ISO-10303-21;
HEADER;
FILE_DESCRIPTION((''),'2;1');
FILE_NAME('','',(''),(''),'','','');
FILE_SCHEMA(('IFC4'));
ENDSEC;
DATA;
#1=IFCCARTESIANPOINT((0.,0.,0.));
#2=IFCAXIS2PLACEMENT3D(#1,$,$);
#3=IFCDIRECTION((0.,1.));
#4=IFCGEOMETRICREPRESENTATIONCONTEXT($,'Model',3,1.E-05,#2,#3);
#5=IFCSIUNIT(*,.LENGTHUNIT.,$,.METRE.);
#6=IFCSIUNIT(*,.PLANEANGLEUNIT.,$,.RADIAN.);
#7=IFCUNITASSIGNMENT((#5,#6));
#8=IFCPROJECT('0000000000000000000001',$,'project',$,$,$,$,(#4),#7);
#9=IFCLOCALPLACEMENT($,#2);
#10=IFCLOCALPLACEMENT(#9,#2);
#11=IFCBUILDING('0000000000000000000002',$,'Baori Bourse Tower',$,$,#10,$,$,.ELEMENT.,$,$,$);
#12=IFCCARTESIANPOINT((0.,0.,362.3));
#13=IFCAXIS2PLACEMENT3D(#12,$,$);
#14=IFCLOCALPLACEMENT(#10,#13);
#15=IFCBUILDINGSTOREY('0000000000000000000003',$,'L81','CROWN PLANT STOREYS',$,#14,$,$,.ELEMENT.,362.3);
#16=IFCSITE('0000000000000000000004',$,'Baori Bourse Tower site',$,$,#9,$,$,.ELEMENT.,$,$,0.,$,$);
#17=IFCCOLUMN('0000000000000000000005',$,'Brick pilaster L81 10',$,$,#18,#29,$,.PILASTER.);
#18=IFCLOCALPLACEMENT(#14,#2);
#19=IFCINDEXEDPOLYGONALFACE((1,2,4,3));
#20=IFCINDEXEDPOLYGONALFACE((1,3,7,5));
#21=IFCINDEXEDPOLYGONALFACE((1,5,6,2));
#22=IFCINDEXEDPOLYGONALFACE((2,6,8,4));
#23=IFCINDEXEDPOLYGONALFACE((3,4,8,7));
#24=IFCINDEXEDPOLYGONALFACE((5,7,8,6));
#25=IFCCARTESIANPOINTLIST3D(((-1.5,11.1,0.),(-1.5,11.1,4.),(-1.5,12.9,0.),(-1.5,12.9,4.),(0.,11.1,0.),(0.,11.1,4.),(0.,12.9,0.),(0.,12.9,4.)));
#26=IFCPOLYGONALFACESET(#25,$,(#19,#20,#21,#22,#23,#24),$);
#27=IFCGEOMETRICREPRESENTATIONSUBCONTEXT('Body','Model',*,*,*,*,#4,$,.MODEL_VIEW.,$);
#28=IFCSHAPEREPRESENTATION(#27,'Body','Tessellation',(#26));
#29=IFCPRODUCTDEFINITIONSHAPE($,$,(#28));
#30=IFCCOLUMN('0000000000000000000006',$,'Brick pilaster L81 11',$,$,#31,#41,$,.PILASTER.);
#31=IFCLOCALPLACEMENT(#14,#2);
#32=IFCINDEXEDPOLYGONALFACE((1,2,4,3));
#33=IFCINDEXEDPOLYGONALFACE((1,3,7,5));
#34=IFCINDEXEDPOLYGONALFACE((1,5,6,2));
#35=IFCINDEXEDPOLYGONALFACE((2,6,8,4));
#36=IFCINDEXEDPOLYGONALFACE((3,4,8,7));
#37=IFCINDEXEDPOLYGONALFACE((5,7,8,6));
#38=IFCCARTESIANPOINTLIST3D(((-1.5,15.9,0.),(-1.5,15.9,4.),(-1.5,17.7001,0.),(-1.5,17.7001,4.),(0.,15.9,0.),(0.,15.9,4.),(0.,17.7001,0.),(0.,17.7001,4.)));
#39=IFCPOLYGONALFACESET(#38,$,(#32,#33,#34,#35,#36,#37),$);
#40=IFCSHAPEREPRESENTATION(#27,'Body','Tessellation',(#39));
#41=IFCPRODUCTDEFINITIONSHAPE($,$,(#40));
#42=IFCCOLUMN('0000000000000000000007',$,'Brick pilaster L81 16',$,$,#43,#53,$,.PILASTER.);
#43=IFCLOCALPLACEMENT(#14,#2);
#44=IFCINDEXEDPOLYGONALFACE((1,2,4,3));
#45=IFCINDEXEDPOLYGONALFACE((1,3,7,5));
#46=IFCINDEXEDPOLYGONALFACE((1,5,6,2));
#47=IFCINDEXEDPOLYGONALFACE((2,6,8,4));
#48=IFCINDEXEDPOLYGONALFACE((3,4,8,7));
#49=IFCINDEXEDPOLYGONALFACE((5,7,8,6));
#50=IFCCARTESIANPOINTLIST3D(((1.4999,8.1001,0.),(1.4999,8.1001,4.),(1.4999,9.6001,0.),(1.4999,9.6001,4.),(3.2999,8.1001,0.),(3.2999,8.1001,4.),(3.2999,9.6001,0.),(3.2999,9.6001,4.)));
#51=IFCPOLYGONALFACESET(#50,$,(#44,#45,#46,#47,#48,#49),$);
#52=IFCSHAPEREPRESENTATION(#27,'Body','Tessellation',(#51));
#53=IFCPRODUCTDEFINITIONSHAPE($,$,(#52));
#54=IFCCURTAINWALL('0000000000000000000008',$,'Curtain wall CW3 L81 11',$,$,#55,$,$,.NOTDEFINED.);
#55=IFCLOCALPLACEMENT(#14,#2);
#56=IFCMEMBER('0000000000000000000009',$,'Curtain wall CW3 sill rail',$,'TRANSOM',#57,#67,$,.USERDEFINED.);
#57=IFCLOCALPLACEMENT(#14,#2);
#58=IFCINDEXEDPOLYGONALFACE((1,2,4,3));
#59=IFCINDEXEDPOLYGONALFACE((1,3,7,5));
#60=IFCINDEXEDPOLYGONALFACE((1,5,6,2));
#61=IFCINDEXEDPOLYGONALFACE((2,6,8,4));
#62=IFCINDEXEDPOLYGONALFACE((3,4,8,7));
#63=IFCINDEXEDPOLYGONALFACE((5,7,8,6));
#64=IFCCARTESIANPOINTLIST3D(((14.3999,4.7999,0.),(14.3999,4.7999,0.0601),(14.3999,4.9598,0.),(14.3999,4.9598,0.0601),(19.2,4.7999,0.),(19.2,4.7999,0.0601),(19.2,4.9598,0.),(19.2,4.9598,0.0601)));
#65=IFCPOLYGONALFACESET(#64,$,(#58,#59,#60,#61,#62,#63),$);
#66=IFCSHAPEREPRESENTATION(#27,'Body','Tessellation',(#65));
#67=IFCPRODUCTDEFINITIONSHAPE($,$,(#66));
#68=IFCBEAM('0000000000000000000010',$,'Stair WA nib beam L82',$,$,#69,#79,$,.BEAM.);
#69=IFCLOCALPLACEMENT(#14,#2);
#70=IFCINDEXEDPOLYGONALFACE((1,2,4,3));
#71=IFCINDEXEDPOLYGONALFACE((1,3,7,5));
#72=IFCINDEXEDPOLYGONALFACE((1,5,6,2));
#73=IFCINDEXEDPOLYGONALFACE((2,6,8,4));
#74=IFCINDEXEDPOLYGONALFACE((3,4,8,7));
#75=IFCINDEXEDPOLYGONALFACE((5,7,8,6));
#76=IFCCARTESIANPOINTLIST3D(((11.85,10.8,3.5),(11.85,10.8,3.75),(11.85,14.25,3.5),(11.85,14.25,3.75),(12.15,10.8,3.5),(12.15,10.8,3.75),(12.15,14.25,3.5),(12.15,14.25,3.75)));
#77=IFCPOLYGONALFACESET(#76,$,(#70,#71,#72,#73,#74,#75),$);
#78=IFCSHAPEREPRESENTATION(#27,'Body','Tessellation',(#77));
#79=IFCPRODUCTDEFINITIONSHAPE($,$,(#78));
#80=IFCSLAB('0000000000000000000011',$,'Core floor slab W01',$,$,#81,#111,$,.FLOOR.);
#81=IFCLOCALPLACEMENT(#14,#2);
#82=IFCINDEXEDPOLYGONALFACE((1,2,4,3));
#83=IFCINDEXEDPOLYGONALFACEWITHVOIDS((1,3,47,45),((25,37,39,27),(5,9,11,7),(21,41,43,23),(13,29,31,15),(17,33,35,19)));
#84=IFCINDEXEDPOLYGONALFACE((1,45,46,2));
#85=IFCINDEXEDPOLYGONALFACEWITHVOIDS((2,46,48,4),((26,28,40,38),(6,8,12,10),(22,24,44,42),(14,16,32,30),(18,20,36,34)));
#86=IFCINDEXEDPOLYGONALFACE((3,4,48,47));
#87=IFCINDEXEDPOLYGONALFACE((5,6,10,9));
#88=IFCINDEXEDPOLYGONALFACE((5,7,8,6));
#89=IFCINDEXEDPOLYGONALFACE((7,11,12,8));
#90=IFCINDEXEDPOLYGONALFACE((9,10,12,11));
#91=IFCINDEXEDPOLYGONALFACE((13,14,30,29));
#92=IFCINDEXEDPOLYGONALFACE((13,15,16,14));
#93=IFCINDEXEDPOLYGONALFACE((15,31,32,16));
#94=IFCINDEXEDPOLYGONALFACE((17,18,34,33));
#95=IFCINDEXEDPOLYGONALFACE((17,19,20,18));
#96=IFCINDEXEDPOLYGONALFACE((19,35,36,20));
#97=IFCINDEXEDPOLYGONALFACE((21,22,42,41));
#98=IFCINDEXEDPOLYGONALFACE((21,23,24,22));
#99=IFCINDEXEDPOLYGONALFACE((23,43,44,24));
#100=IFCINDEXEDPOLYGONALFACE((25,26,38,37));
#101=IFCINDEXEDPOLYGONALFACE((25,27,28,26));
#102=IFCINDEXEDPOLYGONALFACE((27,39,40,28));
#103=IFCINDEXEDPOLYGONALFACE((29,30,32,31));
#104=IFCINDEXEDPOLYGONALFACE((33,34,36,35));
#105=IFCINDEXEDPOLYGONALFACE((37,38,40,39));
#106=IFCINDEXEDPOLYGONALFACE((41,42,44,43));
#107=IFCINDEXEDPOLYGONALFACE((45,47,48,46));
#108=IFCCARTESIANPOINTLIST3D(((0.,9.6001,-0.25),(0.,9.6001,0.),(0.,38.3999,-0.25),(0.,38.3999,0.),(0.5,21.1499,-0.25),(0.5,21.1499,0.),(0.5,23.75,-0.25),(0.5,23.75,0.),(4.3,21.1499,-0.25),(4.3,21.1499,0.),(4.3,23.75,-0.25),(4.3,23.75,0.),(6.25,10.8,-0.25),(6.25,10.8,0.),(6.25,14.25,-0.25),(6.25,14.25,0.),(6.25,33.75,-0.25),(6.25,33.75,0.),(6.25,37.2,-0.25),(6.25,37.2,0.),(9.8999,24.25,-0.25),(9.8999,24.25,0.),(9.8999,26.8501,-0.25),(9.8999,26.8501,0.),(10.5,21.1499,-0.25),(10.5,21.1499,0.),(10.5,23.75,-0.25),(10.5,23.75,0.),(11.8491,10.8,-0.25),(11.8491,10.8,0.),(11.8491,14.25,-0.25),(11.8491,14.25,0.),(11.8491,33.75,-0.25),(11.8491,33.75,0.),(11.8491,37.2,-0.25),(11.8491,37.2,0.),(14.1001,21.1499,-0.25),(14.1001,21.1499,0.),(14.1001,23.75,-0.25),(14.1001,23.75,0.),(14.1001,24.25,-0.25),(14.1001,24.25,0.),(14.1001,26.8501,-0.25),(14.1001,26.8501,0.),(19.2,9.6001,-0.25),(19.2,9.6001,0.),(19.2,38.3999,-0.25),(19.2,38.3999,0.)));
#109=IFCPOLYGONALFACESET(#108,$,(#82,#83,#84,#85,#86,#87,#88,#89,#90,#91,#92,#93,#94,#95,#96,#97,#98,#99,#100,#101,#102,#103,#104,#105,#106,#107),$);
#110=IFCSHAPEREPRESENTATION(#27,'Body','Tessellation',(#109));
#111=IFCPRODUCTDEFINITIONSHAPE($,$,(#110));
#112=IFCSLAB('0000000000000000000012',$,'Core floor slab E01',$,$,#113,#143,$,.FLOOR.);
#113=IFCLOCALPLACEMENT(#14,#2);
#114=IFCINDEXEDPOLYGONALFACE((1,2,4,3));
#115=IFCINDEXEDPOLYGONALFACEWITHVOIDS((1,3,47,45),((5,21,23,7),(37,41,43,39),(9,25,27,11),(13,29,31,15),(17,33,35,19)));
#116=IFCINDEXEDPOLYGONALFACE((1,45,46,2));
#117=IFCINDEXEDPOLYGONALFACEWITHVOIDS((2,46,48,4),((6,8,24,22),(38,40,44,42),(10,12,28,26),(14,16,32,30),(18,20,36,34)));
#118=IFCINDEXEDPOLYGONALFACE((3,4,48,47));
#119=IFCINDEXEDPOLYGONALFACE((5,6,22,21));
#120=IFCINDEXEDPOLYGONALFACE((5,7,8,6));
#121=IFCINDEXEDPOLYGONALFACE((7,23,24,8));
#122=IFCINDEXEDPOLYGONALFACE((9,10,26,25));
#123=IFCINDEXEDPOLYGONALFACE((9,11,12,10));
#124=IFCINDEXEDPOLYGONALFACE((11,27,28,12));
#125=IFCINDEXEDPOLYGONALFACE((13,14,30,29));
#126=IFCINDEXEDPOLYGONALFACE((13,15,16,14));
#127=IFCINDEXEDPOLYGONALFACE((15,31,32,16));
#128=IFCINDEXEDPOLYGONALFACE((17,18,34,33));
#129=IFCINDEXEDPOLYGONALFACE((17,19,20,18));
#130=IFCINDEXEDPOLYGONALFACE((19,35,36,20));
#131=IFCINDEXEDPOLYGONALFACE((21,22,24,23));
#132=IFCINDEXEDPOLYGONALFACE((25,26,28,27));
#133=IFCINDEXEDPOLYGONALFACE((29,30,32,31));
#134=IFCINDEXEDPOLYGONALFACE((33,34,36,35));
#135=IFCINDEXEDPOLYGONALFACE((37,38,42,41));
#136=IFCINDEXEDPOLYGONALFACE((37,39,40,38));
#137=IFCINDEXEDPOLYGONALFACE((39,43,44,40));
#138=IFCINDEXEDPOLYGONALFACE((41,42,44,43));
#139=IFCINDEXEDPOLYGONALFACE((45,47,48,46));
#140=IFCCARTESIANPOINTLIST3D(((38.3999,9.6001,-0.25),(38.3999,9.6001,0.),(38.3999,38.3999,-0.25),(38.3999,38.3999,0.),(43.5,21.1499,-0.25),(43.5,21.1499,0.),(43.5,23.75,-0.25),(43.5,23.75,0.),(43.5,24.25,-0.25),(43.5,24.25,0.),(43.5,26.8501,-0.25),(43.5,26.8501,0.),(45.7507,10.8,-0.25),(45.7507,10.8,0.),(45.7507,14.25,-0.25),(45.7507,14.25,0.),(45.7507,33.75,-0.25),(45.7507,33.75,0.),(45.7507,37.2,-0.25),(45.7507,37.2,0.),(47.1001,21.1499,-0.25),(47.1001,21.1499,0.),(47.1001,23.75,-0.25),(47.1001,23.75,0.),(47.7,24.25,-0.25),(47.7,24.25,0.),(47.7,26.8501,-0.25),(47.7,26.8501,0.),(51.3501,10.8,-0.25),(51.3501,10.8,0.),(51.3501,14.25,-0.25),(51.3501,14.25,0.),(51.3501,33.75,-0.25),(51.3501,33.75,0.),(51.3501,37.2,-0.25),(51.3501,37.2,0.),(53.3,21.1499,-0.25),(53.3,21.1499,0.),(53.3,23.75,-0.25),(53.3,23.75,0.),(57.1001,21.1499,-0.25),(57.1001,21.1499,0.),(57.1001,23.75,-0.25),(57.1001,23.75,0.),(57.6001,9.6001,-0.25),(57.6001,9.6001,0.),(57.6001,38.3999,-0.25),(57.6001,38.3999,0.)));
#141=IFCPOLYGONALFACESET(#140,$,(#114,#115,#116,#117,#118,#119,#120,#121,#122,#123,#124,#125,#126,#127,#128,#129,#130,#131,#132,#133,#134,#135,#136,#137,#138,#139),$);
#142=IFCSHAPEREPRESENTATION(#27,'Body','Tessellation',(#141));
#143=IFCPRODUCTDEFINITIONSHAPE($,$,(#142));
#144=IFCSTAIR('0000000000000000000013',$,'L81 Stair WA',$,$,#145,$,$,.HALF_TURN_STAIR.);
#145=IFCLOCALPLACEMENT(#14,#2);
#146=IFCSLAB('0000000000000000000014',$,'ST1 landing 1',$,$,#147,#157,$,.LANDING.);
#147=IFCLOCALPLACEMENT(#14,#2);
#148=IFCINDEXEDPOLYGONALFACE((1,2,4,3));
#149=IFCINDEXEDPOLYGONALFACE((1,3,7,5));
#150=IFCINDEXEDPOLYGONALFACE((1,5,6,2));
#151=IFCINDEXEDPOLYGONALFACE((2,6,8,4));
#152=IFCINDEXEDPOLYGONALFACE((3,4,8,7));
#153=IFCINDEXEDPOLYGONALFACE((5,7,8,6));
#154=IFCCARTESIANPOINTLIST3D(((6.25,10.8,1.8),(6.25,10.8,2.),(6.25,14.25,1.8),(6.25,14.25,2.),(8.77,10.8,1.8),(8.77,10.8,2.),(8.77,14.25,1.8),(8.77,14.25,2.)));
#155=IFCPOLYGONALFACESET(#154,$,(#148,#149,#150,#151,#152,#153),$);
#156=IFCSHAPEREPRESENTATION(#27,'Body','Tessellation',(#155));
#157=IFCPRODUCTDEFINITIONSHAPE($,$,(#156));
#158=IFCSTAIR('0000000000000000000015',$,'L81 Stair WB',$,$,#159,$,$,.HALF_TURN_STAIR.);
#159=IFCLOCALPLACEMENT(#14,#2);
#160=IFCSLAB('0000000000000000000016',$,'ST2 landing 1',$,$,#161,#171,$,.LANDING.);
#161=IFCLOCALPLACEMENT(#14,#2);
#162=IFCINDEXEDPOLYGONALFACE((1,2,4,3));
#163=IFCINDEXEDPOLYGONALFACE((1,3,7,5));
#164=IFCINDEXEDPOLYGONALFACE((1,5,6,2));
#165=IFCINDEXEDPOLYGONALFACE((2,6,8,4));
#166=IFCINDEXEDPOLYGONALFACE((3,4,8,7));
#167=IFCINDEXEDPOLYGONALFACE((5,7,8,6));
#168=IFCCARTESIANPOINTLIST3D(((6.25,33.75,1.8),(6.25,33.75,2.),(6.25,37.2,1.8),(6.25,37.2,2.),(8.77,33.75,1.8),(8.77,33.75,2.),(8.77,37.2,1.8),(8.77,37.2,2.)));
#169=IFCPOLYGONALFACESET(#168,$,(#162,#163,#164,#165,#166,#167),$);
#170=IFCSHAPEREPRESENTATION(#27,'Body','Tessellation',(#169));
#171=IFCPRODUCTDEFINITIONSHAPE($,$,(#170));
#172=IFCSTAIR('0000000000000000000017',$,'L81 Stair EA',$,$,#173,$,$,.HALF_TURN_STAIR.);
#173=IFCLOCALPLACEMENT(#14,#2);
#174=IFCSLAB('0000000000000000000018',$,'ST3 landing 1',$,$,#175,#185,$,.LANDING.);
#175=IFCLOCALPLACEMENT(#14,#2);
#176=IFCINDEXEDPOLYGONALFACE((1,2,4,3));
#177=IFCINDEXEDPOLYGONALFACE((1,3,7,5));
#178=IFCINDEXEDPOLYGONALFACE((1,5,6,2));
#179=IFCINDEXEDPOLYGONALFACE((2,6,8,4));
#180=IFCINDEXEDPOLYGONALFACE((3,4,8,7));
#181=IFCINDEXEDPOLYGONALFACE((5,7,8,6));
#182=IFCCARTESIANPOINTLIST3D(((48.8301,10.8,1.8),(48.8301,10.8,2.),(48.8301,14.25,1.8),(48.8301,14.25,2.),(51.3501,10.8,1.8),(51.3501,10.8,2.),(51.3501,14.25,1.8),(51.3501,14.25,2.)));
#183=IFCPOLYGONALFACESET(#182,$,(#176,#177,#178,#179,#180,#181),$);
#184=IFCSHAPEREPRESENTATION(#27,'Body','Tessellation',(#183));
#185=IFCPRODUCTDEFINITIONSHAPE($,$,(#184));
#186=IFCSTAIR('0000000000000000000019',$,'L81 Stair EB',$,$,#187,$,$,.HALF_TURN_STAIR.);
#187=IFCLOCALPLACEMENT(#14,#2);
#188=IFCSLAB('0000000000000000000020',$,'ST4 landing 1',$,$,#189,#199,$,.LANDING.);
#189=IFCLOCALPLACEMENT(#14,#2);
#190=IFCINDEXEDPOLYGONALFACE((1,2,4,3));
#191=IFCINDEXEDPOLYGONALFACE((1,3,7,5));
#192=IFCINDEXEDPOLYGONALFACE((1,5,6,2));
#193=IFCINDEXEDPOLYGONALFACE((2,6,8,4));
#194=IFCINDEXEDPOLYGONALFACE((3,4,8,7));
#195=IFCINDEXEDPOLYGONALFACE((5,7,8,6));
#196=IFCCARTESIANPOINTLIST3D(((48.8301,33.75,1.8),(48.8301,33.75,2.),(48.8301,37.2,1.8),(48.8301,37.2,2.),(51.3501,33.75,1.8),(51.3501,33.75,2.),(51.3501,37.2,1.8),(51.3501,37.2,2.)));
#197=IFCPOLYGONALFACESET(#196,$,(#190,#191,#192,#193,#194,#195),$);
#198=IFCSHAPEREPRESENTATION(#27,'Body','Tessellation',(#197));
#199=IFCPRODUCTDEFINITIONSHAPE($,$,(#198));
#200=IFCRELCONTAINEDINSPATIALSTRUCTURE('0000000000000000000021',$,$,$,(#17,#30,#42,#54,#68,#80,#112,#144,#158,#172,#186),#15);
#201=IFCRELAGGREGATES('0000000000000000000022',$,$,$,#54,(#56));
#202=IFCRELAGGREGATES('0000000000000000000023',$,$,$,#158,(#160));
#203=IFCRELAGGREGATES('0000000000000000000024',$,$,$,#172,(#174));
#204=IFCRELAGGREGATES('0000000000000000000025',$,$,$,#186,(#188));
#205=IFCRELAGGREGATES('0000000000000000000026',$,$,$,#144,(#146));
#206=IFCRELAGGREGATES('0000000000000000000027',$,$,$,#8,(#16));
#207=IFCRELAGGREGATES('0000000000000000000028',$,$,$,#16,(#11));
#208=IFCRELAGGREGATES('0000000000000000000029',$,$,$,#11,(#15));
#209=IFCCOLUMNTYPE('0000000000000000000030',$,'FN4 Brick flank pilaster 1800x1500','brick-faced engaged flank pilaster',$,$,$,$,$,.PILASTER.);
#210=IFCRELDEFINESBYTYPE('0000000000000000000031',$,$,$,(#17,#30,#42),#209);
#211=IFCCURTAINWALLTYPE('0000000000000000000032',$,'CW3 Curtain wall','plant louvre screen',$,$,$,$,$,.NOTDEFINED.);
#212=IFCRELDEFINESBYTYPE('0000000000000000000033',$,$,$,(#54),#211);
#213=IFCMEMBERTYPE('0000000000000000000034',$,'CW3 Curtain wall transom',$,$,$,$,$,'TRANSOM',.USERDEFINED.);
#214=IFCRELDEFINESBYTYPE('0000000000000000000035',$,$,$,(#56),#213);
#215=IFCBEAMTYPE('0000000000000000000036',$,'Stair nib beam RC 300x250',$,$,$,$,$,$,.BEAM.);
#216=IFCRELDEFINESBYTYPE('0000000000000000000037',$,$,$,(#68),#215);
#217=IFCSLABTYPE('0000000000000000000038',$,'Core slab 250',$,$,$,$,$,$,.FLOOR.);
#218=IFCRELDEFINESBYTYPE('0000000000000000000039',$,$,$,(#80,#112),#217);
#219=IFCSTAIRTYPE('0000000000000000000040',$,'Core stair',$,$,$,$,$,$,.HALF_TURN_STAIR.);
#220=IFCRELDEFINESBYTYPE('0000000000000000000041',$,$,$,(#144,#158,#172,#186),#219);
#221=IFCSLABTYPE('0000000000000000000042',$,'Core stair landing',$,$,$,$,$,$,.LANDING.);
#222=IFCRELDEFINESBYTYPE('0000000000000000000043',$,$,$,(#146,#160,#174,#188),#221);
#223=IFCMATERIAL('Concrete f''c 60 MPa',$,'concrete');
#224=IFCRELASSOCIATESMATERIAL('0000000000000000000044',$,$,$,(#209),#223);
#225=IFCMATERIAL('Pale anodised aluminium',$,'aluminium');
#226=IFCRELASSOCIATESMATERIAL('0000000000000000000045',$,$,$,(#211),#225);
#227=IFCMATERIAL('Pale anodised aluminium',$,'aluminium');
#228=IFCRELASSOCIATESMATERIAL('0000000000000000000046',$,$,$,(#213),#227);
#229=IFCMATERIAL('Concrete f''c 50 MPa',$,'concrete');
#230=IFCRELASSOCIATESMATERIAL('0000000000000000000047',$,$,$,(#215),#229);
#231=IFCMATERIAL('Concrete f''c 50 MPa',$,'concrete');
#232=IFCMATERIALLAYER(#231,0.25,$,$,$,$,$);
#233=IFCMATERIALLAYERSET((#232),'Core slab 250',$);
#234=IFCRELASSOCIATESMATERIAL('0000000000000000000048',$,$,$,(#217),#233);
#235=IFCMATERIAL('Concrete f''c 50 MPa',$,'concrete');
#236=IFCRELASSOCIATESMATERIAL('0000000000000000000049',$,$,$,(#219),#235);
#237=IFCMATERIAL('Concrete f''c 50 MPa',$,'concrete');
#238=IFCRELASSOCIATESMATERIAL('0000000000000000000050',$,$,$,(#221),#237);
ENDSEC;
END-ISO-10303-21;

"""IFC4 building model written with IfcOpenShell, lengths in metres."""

from ifc_helpers import new_model, si_unit, direction, frame, origin, origin_2d, place, context, subcontext, project, spatial, polyline, rectangle, outline, extrude, material, layer, layer_set, material_profile, profile_set, type_object, element, aggregate, save


model = new_model("IFC4")

# Units and contexts
model_context = context("Model", 3, precision=1e-05, world=origin(), true_north=direction((0.0, 1.0)))
body_context = subcontext(model_context, "Body", "Model", "MODEL_VIEW")
ifc_project = project(units=[si_unit("LENGTHUNIT", "METRE"), si_unit("PLANEANGLEUNIT", "RADIAN")], contexts=[model_context])

# Site, building, storey
site_placement = place(None, origin())
site = spatial("IfcSite", under=ifc_project, at=site_placement, Name="Baori Bourse Tower site", CompositionType="ELEMENT", RefElevation=0.0)
building_placement = place(site_placement, origin())
building = spatial("IfcBuilding", under=site, at=building_placement, Name="Baori Bourse Tower", CompositionType="ELEMENT")
storey_placement = place(building_placement, frame((0.0, 0.0, 362.3)))
storey = spatial("IfcBuildingStorey", under=building, at=storey_placement, Name="L81", Description="CROWN PLANT STOREYS", CompositionType="ELEMENT", Elevation=362.3)

# Columns
ifc_material_1 = material(Name="Concrete f'c 60 MPa", Category="concrete")
ifc_material_profile_1 = material_profile(ifc_material_1, rectangle(XDim=1.8, YDim=1.5, at=origin_2d()), Name="RC 1800x1500")
ifc_profile_set_1 = profile_set([ifc_material_profile_1], Name="Concrete f'c 60 MPa")
column_type = type_object("IfcColumnType", Name="FN4 Brick flank pilaster 1800x1500", Description="brick-faced engaged flank pilaster", PredefinedType="PILASTER", material=ifc_profile_set_1)
for number, where, z_axis, x_axis, name in (
    (1, (-0.75, 12.0, 0.0), (0.0, 0.0, 1.0), (0.0, 1.0, 0.0), "Brick pilaster L81 10"),
    (2, (-0.75, 16.8, 0.0), (0.0, 0.0, 1.0), (0.0, 1.0, 0.0), "Brick pilaster L81 11"),
    (3, (2.3999, 8.8501, 0.0), (0.0, 0.0, 1.0), (1.0, 0.0, 0.0), "Brick pilaster L81 16"),
):
    element("IfcColumn", number, at=place(storey_placement, frame(where, z_axis=z_axis, x_axis=x_axis)), inside=storey, type_object=column_type, Name=name, PredefinedType="PILASTER", context=body_context, shape_type="SweptSolid", body=[
        extrude(rectangle(XDim=1.8, YDim=1.5, at=origin_2d()), origin(), (0.0, 0.0, 1.0), 4.0),
    ])

# Curtain wall, member
ifc_material_2 = material(Name="Pale anodised aluminium", Category="aluminium")
curtain_wall_type = type_object("IfcCurtainWallType", Name="CW3 Curtain wall", Description="plant louvre screen", PredefinedType="NOTDEFINED", material=ifc_material_2)
curtain_wall_placement = place(storey_placement, origin())
curtain_wall = element("IfcCurtainWall", 4, at=curtain_wall_placement, inside=storey, type_object=curtain_wall_type, Name="Curtain wall CW3 L81 11", PredefinedType="NOTDEFINED")
ifc_material_3 = material(Name="Pale anodised aluminium", Category="aluminium")
ifc_material_profile_2 = material_profile(ifc_material_3, rectangle(XDim=0.1599, YDim=0.0601, at=origin_2d()), Name="Transom 60x160")
ifc_profile_set_2 = profile_set([ifc_material_profile_2], Name="Pale anodised aluminium")
member_type = type_object("IfcMemberType", Name="CW3 Curtain wall transom", ElementType="TRANSOM", PredefinedType="USERDEFINED", material=ifc_profile_set_2)
member_placement = place(storey_placement, frame((14.3999, 4.8799, 0.03), z_axis=(1.0, 0.0, 0.0), x_axis=(0.0, 1.0, 0.0)))
member = element("IfcMember", 5, at=member_placement, type_object=member_type, Name="Curtain wall CW3 sill rail", ObjectType="TRANSOM", PredefinedType="USERDEFINED", context=body_context, shape_type="SweptSolid", body=[
    extrude(rectangle(XDim=0.1599, YDim=0.0601, at=origin_2d()), origin(), (0.0, 0.0, 1.0), 4.8),
])
aggregate(curtain_wall, [member])

# Beam
ifc_material_4 = material(Name="Concrete f'c 50 MPa", Category="concrete")
ifc_material_profile_3 = material_profile(ifc_material_4, rectangle(XDim=0.3, YDim=0.25, at=origin_2d()), Name="RC 300x250")
ifc_profile_set_3 = profile_set([ifc_material_profile_3], Name="Concrete f'c 50 MPa")
beam_type = type_object("IfcBeamType", Name="Stair nib beam RC 300x250", PredefinedType="BEAM", material=ifc_profile_set_3)
beam_placement = place(storey_placement, frame((12.0, 10.8, 3.625), z_axis=(0.0, 1.0, 0.0), x_axis=(-1.0, 0.0, 0.0)))
element("IfcBeam", 6, at=beam_placement, inside=storey, type_object=beam_type, Name="Stair WA nib beam L82", PredefinedType="BEAM", context=body_context, shape_type="SweptSolid", body=[
    extrude(rectangle(XDim=0.3, YDim=0.25, at=origin_2d()), origin(), (0.0, 0.0, 1.0), 3.45),
])

# Slabs
ifc_material_5 = material(Name="Concrete f'c 50 MPa", Category="concrete")
ifc_layer_1 = layer(ifc_material_5, 0.25)
ifc_layer_set_1 = layer_set([ifc_layer_1], Name="Core slab 250")
slab_type_1 = type_object("IfcSlabType", Name="Core slab 250", PredefinedType="FLOOR", material=ifc_layer_set_1)
slab_1_placement = place(storey_placement, frame((0.0, 0.0, -0.25)))
element("IfcSlab", 7, at=slab_1_placement, inside=storey, type_object=slab_type_1, Name="Core floor slab W01", PredefinedType="FLOOR", context=body_context, shape_type="SweptSolid", body=[
    extrude(outline(polyline([(0.0, 9.6001), (19.2, 9.6001), (19.2, 38.3999), (0.0, 38.3999), (0.0, 9.6001)]), holes=[polyline([(10.5, 21.1499), (10.5, 23.75), (14.1001, 23.75), (14.1001, 21.1499), (10.5, 21.1499)]), polyline([(14.1001, 24.25), (9.8999, 24.25), (9.8999, 26.8501), (14.1001, 26.8501), (14.1001, 24.25)]), polyline([(6.25, 14.25), (11.8491, 14.25), (11.8491, 10.8), (6.25, 10.8), (6.25, 14.25)]), polyline([(11.8491, 37.2), (11.8491, 33.75), (6.25, 33.75), (6.25, 37.2), (11.8491, 37.2)]), polyline([(4.3, 23.75), (4.3, 21.1499), (0.5, 21.1499), (0.5, 23.75), (4.3, 23.75)])]), origin(), (0.0, 0.0, 1.0), 0.25),
])
slab_2_placement = place(storey_placement, frame((0.0, 0.0, -0.25)))
element("IfcSlab", 8, at=slab_2_placement, inside=storey, type_object=slab_type_1, Name="Core floor slab E01", PredefinedType="FLOOR", context=body_context, shape_type="SweptSolid", body=[
    extrude(outline(polyline([(38.3999, 38.3999), (38.3999, 9.6001), (57.6001, 9.6001), (57.6001, 38.3999), (38.3999, 38.3999)]), holes=[polyline([(57.1001, 21.1499), (53.3, 21.1499), (53.3, 23.75), (57.1001, 23.75), (57.1001, 21.1499)]), polyline([(45.7507, 14.25), (51.3501, 14.25), (51.3501, 10.8), (45.7507, 10.8), (45.7507, 14.25)]), polyline([(51.3501, 37.2), (51.3501, 33.75), (45.7507, 33.75), (45.7507, 37.2), (51.3501, 37.2)]), polyline([(43.5, 24.25), (43.5, 26.8501), (47.7, 26.8501), (47.7, 24.25), (43.5, 24.25)]), polyline([(43.5, 23.75), (47.1001, 23.75), (47.1001, 21.1499), (43.5, 21.1499), (43.5, 23.75)])]), origin(), (0.0, 0.0, 1.0), 0.25),
])

# Stairs, slabs
ifc_material_6 = material(Name="Concrete f'c 50 MPa", Category="concrete")
stair_type = type_object("IfcStairType", Name="Core stair", PredefinedType="HALF_TURN_STAIR", material=ifc_material_6)
stair_1_placement = place(storey_placement, origin())
stair_1 = element("IfcStair", 9, at=stair_1_placement, inside=storey, type_object=stair_type, Name="L81 Stair WA", PredefinedType="HALF_TURN_STAIR")
ifc_material_7 = material(Name="Concrete f'c 50 MPa", Category="concrete")
slab_type_2 = type_object("IfcSlabType", Name="Core stair landing", PredefinedType="LANDING", material=ifc_material_7)
slab_3_placement = place(storey_placement, frame((0.0, 0.0, 1.8)))
slab_3 = element("IfcSlab", 10, at=slab_3_placement, type_object=slab_type_2, Name="ST1 landing 1", PredefinedType="LANDING", context=body_context, shape_type="SweptSolid", body=[
    extrude(outline(polyline([(8.77, 14.25), (6.25, 14.25), (6.25, 10.8), (8.77, 10.8), (8.77, 14.25)])), origin(), (0.0, 0.0, 1.0), 0.2),
])
stair_2_placement = place(storey_placement, origin())
stair_2 = element("IfcStair", 11, at=stair_2_placement, inside=storey, type_object=stair_type, Name="L81 Stair WB", PredefinedType="HALF_TURN_STAIR")
slab_4_placement = place(storey_placement, frame((0.0, 0.0, 1.8)))
slab_4 = element("IfcSlab", 12, at=slab_4_placement, type_object=slab_type_2, Name="ST2 landing 1", PredefinedType="LANDING", context=body_context, shape_type="SweptSolid", body=[
    extrude(outline(polyline([(8.77, 37.2), (6.25, 37.2), (6.25, 33.75), (8.77, 33.75), (8.77, 37.2)])), origin(), (0.0, 0.0, 1.0), 0.2),
])
aggregate(stair_2, [slab_4])
stair_3_placement = place(storey_placement, origin())
stair_3 = element("IfcStair", 13, at=stair_3_placement, inside=storey, type_object=stair_type, Name="L81 Stair EA", PredefinedType="HALF_TURN_STAIR")
slab_5_placement = place(storey_placement, frame((0.0, 0.0, 1.8)))
slab_5 = element("IfcSlab", 14, at=slab_5_placement, type_object=slab_type_2, Name="ST3 landing 1", PredefinedType="LANDING", context=body_context, shape_type="SweptSolid", body=[
    extrude(outline(polyline([(48.8301, 10.8), (51.3501, 10.8), (51.3501, 14.25), (48.8301, 14.25), (48.8301, 10.8)])), origin(), (0.0, 0.0, 1.0), 0.2),
])
aggregate(stair_3, [slab_5])
stair_4_placement = place(storey_placement, origin())
stair_4 = element("IfcStair", 15, at=stair_4_placement, inside=storey, type_object=stair_type, Name="L81 Stair EB", PredefinedType="HALF_TURN_STAIR")
slab_6_placement = place(storey_placement, frame((0.0, 0.0, 1.8)))
slab_6 = element("IfcSlab", 16, at=slab_6_placement, type_object=slab_type_2, Name="ST4 landing 1", PredefinedType="LANDING", context=body_context, shape_type="SweptSolid", body=[
    extrude(outline(polyline([(48.8301, 33.75), (51.3501, 33.75), (51.3501, 37.2), (48.8301, 37.2), (48.8301, 33.75)])), origin(), (0.0, 0.0, 1.0), 0.2),
])
aggregate(stair_4, [slab_6])

aggregate(stair_1, [slab_3])

save(model, "model.ifc")
